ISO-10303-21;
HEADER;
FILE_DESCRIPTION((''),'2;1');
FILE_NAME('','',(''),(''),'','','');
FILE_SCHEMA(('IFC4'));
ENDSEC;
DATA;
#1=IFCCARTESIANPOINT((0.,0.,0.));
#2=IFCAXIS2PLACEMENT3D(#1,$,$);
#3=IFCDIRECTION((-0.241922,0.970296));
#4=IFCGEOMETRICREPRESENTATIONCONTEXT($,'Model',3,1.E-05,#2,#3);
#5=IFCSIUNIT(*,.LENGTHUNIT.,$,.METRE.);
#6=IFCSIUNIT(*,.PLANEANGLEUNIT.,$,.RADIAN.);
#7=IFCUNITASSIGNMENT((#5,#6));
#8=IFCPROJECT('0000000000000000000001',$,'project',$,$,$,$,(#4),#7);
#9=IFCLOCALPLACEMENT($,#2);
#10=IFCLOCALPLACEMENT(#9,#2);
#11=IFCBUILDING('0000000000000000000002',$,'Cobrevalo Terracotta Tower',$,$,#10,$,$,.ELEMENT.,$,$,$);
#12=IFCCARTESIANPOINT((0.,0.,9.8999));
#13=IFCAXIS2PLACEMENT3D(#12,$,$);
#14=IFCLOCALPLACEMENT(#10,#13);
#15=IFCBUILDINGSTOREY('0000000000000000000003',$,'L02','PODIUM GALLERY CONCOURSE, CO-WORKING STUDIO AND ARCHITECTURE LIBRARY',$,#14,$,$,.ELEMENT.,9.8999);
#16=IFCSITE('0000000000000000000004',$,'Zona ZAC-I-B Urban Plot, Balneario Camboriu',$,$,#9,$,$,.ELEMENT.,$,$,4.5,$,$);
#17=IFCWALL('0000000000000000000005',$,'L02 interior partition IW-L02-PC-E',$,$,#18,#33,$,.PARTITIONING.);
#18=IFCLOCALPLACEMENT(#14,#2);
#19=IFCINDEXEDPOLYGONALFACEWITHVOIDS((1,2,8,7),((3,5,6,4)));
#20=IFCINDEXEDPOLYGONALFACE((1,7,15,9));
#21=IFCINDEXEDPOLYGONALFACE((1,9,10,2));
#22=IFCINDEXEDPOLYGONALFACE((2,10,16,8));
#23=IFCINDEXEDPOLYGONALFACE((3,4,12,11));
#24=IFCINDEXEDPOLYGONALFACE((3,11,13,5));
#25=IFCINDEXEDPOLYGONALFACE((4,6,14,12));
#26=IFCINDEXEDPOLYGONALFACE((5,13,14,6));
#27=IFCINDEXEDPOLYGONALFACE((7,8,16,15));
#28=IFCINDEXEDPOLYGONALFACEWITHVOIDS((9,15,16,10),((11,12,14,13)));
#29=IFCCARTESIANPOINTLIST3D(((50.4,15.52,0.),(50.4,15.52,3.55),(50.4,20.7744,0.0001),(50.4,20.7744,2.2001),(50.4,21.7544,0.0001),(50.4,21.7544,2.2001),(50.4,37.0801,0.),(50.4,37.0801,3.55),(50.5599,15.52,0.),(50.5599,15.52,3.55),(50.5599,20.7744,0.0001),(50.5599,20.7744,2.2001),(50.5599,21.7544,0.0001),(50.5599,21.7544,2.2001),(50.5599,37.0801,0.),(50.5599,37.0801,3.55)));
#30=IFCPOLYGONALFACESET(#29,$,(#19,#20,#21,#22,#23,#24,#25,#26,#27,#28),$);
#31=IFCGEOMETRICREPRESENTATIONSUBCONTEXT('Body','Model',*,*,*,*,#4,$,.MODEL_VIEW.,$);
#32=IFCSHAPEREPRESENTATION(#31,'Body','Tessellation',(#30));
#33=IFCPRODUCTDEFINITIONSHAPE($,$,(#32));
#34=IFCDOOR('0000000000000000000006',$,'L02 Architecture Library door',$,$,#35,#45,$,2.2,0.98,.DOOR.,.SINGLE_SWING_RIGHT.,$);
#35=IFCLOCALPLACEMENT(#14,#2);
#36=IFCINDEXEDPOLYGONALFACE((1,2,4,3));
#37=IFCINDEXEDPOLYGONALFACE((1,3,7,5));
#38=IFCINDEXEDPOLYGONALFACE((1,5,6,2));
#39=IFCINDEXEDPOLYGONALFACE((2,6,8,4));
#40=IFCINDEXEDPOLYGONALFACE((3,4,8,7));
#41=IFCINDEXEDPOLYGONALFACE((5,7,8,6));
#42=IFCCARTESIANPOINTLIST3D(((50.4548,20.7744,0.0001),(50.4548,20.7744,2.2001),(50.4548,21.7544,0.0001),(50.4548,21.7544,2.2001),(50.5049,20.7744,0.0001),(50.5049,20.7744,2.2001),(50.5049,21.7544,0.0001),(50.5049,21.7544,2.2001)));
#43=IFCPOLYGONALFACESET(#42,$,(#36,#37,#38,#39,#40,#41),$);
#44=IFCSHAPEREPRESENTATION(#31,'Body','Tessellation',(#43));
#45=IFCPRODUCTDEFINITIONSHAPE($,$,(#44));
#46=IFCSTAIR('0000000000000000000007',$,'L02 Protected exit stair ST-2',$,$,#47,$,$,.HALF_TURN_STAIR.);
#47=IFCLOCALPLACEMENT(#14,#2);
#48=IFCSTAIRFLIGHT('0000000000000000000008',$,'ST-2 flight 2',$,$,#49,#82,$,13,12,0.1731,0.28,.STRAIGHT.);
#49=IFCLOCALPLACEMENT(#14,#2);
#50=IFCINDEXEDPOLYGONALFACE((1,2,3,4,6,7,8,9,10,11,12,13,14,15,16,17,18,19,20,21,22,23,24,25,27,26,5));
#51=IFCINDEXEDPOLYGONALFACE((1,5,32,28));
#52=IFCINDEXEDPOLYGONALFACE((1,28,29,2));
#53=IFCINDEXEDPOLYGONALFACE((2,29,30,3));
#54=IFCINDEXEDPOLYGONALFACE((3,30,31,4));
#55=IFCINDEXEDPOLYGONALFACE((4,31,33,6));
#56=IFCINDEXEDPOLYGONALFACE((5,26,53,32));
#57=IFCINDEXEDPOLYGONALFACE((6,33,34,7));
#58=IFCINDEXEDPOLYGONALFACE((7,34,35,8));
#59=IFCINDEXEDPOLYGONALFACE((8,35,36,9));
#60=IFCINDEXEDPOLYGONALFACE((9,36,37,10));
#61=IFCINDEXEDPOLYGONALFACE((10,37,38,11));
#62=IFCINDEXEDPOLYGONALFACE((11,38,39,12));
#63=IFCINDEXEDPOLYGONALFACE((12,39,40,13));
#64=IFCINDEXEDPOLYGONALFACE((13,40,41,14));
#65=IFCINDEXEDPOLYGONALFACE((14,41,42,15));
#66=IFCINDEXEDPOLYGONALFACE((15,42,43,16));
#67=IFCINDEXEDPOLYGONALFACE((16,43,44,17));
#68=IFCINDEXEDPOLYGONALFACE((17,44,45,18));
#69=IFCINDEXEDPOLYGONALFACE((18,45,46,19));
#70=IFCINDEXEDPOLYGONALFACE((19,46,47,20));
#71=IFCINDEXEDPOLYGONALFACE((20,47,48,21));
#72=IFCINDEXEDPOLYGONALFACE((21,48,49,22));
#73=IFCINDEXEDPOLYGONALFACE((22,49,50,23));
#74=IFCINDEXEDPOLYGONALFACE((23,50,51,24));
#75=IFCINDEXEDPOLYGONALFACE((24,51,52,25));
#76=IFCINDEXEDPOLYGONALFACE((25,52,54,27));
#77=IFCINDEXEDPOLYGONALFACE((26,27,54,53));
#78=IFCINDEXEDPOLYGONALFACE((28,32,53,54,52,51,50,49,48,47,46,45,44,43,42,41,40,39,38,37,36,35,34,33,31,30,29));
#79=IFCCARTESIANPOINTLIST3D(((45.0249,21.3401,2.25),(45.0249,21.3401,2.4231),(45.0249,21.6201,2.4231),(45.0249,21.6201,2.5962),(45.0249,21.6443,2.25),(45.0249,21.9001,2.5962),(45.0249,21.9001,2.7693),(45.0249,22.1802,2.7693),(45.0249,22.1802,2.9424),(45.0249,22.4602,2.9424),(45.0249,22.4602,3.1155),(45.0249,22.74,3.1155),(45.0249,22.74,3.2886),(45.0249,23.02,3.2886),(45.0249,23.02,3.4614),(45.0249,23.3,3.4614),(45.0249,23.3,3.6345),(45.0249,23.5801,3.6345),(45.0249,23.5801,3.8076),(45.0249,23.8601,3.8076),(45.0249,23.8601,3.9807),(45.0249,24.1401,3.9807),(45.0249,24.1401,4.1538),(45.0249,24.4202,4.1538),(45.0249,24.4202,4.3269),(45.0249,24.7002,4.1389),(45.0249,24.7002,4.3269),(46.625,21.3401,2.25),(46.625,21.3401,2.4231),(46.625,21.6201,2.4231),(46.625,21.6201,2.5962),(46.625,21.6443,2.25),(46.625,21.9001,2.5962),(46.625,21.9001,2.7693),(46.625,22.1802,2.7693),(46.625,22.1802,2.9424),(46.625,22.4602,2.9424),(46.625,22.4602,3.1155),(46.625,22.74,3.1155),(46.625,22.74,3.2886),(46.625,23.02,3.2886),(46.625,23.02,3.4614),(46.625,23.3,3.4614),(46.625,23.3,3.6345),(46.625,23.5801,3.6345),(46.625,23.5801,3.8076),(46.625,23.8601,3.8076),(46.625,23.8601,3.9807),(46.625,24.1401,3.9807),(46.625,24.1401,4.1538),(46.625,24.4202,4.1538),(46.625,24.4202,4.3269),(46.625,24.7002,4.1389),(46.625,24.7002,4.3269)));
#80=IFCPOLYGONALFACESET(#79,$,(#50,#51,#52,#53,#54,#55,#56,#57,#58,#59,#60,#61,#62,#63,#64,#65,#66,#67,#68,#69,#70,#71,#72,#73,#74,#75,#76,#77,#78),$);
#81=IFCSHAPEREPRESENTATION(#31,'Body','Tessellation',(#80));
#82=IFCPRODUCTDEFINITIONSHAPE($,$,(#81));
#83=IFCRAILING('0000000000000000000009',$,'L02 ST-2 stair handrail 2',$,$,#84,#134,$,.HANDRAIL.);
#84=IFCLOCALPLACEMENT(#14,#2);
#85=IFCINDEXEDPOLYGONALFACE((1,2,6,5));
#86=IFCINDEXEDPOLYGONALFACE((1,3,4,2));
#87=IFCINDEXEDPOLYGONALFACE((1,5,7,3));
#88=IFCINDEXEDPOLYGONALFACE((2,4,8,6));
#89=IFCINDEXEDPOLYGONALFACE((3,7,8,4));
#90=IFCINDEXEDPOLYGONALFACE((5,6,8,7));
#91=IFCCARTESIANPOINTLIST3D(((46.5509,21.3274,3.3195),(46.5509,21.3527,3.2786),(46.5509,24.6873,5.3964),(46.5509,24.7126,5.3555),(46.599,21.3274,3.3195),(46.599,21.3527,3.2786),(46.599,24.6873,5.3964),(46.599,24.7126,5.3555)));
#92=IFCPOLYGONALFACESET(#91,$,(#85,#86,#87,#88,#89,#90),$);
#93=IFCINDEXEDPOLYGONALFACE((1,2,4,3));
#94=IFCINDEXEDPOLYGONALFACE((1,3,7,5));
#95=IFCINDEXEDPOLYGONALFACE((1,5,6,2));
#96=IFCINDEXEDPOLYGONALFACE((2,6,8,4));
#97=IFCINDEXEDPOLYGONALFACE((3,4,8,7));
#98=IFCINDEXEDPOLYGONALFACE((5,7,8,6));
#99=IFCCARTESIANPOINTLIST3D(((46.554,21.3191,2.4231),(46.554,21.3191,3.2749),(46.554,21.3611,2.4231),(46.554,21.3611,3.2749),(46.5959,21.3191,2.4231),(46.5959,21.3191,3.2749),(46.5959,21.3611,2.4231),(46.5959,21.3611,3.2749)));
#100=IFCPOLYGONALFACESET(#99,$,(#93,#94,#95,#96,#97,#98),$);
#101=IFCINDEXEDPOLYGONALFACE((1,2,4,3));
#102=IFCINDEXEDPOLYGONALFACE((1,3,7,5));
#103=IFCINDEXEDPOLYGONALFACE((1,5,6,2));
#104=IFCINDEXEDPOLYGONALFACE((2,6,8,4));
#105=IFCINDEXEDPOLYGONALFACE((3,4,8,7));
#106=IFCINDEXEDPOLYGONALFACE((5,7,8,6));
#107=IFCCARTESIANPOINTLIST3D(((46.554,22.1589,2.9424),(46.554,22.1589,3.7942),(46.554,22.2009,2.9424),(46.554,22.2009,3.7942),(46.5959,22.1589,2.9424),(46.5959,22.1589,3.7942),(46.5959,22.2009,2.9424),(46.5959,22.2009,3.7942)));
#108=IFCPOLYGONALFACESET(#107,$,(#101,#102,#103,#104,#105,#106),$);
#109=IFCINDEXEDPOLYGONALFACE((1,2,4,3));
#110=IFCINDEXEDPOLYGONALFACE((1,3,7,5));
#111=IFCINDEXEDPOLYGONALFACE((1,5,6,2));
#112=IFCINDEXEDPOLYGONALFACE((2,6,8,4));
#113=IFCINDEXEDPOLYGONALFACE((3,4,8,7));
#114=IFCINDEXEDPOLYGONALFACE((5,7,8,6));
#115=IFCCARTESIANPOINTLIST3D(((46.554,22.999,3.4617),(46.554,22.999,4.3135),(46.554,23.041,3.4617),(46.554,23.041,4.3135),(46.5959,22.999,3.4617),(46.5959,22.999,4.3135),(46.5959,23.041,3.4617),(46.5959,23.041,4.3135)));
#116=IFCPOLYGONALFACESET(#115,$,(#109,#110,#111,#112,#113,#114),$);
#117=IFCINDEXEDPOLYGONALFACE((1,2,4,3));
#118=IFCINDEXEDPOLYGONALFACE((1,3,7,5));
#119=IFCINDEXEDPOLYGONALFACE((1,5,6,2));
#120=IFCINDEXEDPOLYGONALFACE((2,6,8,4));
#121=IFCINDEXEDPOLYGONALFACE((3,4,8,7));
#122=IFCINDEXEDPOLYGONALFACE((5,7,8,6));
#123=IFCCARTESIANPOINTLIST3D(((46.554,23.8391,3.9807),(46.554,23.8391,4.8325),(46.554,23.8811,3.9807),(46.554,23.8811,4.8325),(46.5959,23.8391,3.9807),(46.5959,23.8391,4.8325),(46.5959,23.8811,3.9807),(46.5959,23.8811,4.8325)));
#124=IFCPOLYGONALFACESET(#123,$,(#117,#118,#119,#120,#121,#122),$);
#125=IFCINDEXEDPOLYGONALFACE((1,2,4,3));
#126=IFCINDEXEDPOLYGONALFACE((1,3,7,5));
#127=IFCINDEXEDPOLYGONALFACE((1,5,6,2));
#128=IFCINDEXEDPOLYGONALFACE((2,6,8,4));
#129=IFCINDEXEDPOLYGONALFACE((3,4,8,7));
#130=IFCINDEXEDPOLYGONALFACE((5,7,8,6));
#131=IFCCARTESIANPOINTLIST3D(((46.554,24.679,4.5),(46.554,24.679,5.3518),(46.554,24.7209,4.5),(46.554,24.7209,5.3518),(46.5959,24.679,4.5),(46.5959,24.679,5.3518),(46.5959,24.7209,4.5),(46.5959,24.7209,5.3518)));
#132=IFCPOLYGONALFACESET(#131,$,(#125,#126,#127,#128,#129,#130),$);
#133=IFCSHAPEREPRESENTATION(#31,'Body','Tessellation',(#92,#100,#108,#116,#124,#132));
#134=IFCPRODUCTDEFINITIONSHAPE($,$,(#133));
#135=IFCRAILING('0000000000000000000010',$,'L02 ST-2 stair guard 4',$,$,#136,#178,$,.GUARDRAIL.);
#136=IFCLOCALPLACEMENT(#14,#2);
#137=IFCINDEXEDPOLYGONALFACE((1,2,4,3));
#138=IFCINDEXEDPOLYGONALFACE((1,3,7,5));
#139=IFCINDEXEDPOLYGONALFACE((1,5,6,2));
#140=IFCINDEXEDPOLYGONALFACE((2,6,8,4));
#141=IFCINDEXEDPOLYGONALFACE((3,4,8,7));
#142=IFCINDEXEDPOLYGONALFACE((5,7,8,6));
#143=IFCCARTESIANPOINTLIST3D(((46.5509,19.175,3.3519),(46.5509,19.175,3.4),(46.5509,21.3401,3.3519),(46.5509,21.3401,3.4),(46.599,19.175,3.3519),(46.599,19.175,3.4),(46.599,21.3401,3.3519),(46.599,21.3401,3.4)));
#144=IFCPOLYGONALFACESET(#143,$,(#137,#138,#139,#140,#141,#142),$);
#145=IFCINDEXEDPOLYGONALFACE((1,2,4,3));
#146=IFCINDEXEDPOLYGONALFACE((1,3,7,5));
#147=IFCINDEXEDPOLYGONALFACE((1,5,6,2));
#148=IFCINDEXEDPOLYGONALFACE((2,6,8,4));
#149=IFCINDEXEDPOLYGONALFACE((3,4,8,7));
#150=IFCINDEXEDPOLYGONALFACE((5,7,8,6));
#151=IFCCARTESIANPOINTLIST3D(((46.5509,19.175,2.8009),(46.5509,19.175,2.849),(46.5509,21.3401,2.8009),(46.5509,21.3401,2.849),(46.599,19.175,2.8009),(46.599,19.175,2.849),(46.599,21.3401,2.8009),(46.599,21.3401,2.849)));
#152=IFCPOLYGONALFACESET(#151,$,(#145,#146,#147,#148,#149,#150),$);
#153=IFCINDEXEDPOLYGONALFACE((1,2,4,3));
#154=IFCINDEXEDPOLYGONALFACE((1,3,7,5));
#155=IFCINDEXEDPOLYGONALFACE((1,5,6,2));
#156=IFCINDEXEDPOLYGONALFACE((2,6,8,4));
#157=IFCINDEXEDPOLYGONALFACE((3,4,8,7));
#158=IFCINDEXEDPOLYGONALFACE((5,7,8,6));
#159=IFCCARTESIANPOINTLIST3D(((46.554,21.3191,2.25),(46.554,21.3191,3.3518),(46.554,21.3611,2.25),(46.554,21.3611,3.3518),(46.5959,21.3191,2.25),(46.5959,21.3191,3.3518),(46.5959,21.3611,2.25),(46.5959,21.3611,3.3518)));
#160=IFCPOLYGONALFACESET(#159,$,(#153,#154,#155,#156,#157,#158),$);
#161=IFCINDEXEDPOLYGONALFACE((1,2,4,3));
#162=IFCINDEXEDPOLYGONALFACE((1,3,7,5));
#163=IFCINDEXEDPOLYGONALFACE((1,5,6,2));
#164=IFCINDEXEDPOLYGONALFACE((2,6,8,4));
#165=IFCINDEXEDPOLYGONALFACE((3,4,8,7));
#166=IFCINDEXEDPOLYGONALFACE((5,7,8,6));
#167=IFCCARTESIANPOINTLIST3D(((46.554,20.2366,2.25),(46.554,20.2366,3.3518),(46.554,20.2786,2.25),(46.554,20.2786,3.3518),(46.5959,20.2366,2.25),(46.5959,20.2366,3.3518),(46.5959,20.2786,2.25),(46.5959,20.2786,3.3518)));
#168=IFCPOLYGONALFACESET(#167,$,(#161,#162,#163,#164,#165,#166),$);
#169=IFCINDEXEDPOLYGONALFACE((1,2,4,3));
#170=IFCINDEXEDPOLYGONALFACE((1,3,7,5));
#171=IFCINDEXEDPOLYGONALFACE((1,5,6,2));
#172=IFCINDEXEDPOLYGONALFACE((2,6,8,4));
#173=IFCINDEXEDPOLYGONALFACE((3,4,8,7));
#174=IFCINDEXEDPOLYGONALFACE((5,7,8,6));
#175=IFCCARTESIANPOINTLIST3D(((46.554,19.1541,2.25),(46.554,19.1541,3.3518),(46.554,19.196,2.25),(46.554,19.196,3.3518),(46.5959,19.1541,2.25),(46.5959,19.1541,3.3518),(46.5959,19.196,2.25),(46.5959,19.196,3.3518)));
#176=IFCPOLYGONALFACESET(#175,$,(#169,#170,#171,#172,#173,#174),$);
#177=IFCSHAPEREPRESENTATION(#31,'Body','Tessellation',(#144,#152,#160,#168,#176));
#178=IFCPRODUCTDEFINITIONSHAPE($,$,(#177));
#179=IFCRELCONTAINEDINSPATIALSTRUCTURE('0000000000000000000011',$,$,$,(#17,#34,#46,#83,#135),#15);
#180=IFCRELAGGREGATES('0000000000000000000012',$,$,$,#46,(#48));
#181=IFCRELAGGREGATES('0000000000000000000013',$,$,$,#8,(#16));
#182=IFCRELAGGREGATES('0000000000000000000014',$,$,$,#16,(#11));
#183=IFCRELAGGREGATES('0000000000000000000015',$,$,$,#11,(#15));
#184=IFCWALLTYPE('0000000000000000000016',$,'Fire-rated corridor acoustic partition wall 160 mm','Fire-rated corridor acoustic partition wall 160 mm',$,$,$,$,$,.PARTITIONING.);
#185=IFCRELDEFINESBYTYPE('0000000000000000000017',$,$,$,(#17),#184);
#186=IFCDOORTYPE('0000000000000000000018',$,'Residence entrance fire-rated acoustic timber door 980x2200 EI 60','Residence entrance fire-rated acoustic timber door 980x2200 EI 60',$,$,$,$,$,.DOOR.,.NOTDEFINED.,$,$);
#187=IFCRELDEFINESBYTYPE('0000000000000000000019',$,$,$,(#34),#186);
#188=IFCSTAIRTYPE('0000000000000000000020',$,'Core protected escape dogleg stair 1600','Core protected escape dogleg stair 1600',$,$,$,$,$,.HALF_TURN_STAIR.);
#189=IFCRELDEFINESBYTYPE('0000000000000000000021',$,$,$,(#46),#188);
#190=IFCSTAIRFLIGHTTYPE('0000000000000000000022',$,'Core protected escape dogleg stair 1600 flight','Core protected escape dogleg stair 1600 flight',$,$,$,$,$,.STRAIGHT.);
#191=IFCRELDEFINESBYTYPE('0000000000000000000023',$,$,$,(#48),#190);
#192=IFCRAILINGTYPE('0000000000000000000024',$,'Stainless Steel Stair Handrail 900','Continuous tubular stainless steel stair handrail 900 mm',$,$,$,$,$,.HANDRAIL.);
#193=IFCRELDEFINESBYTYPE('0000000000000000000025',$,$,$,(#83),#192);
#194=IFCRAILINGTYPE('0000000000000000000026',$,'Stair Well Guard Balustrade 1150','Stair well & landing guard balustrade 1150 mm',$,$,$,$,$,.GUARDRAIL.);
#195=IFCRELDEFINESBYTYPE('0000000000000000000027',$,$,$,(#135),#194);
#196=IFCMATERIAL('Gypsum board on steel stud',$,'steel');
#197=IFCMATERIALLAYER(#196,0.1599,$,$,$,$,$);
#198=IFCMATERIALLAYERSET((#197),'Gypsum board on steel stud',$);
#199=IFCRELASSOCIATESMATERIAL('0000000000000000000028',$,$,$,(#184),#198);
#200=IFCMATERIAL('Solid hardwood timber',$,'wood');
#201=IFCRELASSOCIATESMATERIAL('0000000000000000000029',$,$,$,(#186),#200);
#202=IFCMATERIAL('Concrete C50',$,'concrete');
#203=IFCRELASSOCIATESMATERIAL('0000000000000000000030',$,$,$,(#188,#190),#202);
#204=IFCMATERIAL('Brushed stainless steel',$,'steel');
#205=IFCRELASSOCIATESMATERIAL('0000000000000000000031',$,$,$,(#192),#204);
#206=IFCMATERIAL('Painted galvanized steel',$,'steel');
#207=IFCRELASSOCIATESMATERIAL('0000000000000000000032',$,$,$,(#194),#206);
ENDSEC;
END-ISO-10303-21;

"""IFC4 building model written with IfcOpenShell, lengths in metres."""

from ifc_helpers import new_model, si_unit, direction, frame, frame_2d, origin, origin_2d, place, context, subcontext, project, spatial, polyline, rectangle, outline, extrude, source, transform, mapped, material, layer, layer_set, type_object, element, fill, aggregate, save


model = new_model("IFC4")

# Units and contexts
model_context = context("Model", 3, precision=1e-05, world=origin(), true_north=direction((-0.241922, 0.970296)))
body_context = subcontext(model_context, "Body", "Model", "MODEL_VIEW")
ifc_project = project(units=[si_unit("LENGTHUNIT", "METRE"), si_unit("PLANEANGLEUNIT", "RADIAN")], contexts=[model_context])

# Site, building, storey
site_placement = place(None, origin())
site = spatial("IfcSite", under=ifc_project, at=site_placement, Name="Zona ZAC-I-B Urban Plot, Balneario Camboriu", CompositionType="ELEMENT", RefElevation=4.5)
building_placement = place(site_placement, origin())
building = spatial("IfcBuilding", under=site, at=building_placement, Name="Cobrevalo Terracotta Tower", CompositionType="ELEMENT")
storey_placement = place(building_placement, frame((0.0, 0.0, 9.8999)))
storey = spatial("IfcBuildingStorey", under=building, at=storey_placement, Name="L02", Description="PODIUM GALLERY CONCOURSE, CO-WORKING STUDIO AND ARCHITECTURE LIBRARY", CompositionType="ELEMENT", Elevation=9.8999)

# Shared definitions
ifc_material_1 = material(Name="Concrete C50", Category="concrete")

# Wall, opening, door
ifc_material_2 = material(Name="Gypsum board on steel stud", Category="steel")
ifc_layer_1 = layer(ifc_material_2, 0.1599)
ifc_layer_set_1 = layer_set([ifc_layer_1], Name="Gypsum board on steel stud")
wall_type_1 = type_object("IfcWallType", Name="Fire-rated corridor acoustic partition wall 160 mm", Description="Fire-rated corridor acoustic partition wall 160 mm", PredefinedType="PARTITIONING", material=ifc_layer_set_1)
wall_1_placement = place(storey_placement, frame((50.48, 15.52, 0.0), z_axis=(0.0, 0.0, 1.0), x_axis=(0.0, 1.0, 0.0)))
wall_1 = element("IfcWall", 1, at=wall_1_placement, inside=storey, type_object=wall_type_1, Name="L02 interior partition IW-L02-PC-E", PredefinedType="PARTITIONING", context=body_context, shape_type="SweptSolid", body=[
    extrude(rectangle(XDim=21.5601, YDim=0.1599, at=frame_2d((10.78, 0.0))), origin(), (0.0, 0.0, 1.0), 3.55),
])
opening_1_placement = place(wall_1_placement, frame((5.2544, 0.0, 0.0)))
opening_1 = element("IfcOpeningElement", 2, at=opening_1_placement, cuts=wall_1, PredefinedType="OPENING", context=body_context, shape_type="SweptSolid", body=[
    extrude(rectangle(XDim=0.98, YDim=2.2, at=frame_2d((0.49, 1.1001))), frame((0.0, 0.0898, 0.0), z_axis=(0.0, -1.0, 0.0), x_axis=(1.0, 0.0, 0.0)), (0.0, 0.0, 1.0), 0.1799),
])
ifc_material_3 = material(Name="Solid hardwood timber", Category="wood")
door_type_1 = type_object("IfcDoorType", Name="Residence entrance fire-rated acoustic timber door 980x2200 EI 60", Description="Residence entrance fire-rated acoustic timber door 980x2200 EI 60", OperationType="NOTDEFINED", PredefinedType="DOOR", material=ifc_material_3)
shared_shape_1 = source(origin(), body_context, "Body", "SweptSolid", [
    extrude(rectangle(XDim=0.98, YDim=2.2, at=frame_2d((0.49, 1.1001))), frame((0.0, 0.0249, 0.0), z_axis=(0.0, -1.0, 0.0), x_axis=(1.0, 0.0, 0.0)), (0.0, 0.0, 1.0), 0.05),
])
door_1_placement = place(opening_1_placement, frame((0.98, 0.0, 0.0), z_axis=(0.0, 0.0, 1.0), x_axis=(-1.0, 0.0, 0.0)))
door_1 = element("IfcDoor", 3, at=door_1_placement, inside=storey, type_object=door_type_1, Name="L02 Architecture Library door", OperationType="SINGLE_SWING_RIGHT", OverallHeight=2.2, OverallWidth=0.98, PredefinedType="DOOR", context=body_context, shape_type="MappedRepresentation", body=[
    mapped(shared_shape_1, transform((0.0, 0.0, 0.0), scale=1.0)),
])
fill(opening_1, door_1)

# Stair, stair flight
stair_type = type_object("IfcStairType", Name="Core protected escape dogleg stair 1600", Description="Core protected escape dogleg stair 1600", PredefinedType="HALF_TURN_STAIR", material=ifc_material_1)
stair_placement = place(storey_placement, origin())
stair = element("IfcStair", 4, at=stair_placement, inside=storey, type_object=stair_type, Name="L02 Protected exit stair ST-2", PredefinedType="HALF_TURN_STAIR")
stair_flight_type = type_object("IfcStairFlightType", Name="Core protected escape dogleg stair 1600 flight", Description="Core protected escape dogleg stair 1600 flight", PredefinedType="STRAIGHT", material=ifc_material_1)
stair_flight_placement = place(storey_placement, frame((45.825, 21.3401, 2.25), z_axis=(0.0, 0.0, 1.0), x_axis=(0.0, 1.0, 0.0)))
stair_flight = element("IfcStairFlight", 5, at=stair_flight_placement, type_object=stair_flight_type, Name="ST-2 flight 2", NumberOfRisers=13, NumberOfTreads=12, PredefinedType="STRAIGHT", RiserHeight=0.1731, TreadLength=0.28, context=body_context, shape_type="SweptSolid", body=[
    extrude(outline(polyline([(0.0, 0.0), (0.0, 0.1731), (0.28, 0.1731), (0.28, 0.3462), (0.5601, 0.3462), (0.5601, 0.5193), (0.8401, 0.5193), (0.8401, 0.6924), (1.1201, 0.6924), (1.1201, 0.8655), (1.3999, 0.8655), (1.3999, 1.0386), (1.6799, 1.0386), (1.6799, 1.2114), (1.96, 1.2114), (1.96, 1.3845), (2.24, 1.3845), (2.24, 1.5576), (2.52, 1.5576), (2.52, 1.7307), (2.8, 1.7307), (2.8, 1.9038), (3.0801, 1.9038), (3.0801, 2.0769), (3.3601, 2.0769), (3.3601, 2.25), (3.3601, 1.8889), (0.3042, 0.0), (0.0, 0.0)])), frame((0.0, 0.8, 0.0), z_axis=(0.0, -1.0, 0.0), x_axis=(1.0, 0.0, 0.0)), (0.0, 0.0, 1.0), 1.6001),
])
aggregate(stair, [stair_flight])

# Railings
ifc_material_4 = material(Name="Brushed stainless steel", Category="steel")
railing_type_1 = type_object("IfcRailingType", Name="Stainless Steel Stair Handrail 900", Description="Continuous tubular stainless steel stair handrail 900 mm", PredefinedType="HANDRAIL", material=ifc_material_4)
railing_1_placement = place(storey_placement, frame((46.575, 21.3401, 2.4231)))
element("IfcRailing", 6, at=railing_1_placement, inside=storey, type_object=railing_type_1, Name="L02 ST-2 stair handrail 2", PredefinedType="HANDRAIL", context=body_context, shape_type="SweptSolid", body=[
    extrude(rectangle(XDim=0.0481, YDim=0.0481, at=origin_2d()), frame((0.0, 0.0, 0.876), z_axis=(0.0, 0.850606, 0.525803), x_axis=(-1.0, 0.0, 0.0)), (0.0, 0.0, 1.0), 3.95),
    extrude(rectangle(XDim=0.042, YDim=0.042, at=origin_2d()), origin(), (0.0, 0.0, 1.0), 0.8518),
    extrude(rectangle(XDim=0.042, YDim=0.042, at=origin_2d()), frame((0.0, 0.8398, 0.5193)), (0.0, 0.0, 1.0), 0.8518),
    extrude(rectangle(XDim=0.042, YDim=0.042, at=origin_2d()), frame((0.0, 1.6799, 1.0386)), (0.0, 0.0, 1.0), 0.8518),
    extrude(rectangle(XDim=0.042, YDim=0.042, at=origin_2d()), frame((0.0, 2.52, 1.5576)), (0.0, 0.0, 1.0), 0.8518),
    extrude(rectangle(XDim=0.042, YDim=0.042, at=origin_2d()), frame((0.0, 3.3599, 2.0769)), (0.0, 0.0, 1.0), 0.8518),
])
ifc_material_5 = material(Name="Painted galvanized steel", Category="steel")
railing_type_2 = type_object("IfcRailingType", Name="Stair Well Guard Balustrade 1150", Description="Stair well & landing guard balustrade 1150 mm", PredefinedType="GUARDRAIL", material=ifc_material_5)
railing_2_placement = place(storey_placement, frame((46.575, 21.3401, 2.25)))
element("IfcRailing", 7, at=railing_2_placement, inside=storey, type_object=railing_type_2, Name="L02 ST-2 stair guard 4", PredefinedType="GUARDRAIL", context=body_context, shape_type="SweptSolid", body=[
    extrude(rectangle(XDim=0.0481, YDim=0.0481, at=origin_2d()), frame((0.0, 0.0, 1.126), z_axis=(0.0, -1.0, 0.0), x_axis=(1.0, 0.0, 0.0)), (0.0, 0.0, 1.0), 2.165),
    extrude(rectangle(XDim=0.0481, YDim=0.0481, at=origin_2d()), frame((0.0, 0.0, 0.575), z_axis=(0.0, -1.0, 0.0), x_axis=(1.0, 0.0, 0.0)), (0.0, 0.0, 1.0), 2.165),
    extrude(rectangle(XDim=0.042, YDim=0.042, at=origin_2d()), origin(), (0.0, 0.0, 1.0), 1.1018),
    extrude(rectangle(XDim=0.042, YDim=0.042, at=origin_2d()), frame((0.0, -1.0825, 0.0)), (0.0, 0.0, 1.0), 1.1018),
    extrude(rectangle(XDim=0.042, YDim=0.042, at=origin_2d()), frame((0.0, -2.165, 0.0)), (0.0, 0.0, 1.0), 1.1018),
])

save(model, "model.ifc")
